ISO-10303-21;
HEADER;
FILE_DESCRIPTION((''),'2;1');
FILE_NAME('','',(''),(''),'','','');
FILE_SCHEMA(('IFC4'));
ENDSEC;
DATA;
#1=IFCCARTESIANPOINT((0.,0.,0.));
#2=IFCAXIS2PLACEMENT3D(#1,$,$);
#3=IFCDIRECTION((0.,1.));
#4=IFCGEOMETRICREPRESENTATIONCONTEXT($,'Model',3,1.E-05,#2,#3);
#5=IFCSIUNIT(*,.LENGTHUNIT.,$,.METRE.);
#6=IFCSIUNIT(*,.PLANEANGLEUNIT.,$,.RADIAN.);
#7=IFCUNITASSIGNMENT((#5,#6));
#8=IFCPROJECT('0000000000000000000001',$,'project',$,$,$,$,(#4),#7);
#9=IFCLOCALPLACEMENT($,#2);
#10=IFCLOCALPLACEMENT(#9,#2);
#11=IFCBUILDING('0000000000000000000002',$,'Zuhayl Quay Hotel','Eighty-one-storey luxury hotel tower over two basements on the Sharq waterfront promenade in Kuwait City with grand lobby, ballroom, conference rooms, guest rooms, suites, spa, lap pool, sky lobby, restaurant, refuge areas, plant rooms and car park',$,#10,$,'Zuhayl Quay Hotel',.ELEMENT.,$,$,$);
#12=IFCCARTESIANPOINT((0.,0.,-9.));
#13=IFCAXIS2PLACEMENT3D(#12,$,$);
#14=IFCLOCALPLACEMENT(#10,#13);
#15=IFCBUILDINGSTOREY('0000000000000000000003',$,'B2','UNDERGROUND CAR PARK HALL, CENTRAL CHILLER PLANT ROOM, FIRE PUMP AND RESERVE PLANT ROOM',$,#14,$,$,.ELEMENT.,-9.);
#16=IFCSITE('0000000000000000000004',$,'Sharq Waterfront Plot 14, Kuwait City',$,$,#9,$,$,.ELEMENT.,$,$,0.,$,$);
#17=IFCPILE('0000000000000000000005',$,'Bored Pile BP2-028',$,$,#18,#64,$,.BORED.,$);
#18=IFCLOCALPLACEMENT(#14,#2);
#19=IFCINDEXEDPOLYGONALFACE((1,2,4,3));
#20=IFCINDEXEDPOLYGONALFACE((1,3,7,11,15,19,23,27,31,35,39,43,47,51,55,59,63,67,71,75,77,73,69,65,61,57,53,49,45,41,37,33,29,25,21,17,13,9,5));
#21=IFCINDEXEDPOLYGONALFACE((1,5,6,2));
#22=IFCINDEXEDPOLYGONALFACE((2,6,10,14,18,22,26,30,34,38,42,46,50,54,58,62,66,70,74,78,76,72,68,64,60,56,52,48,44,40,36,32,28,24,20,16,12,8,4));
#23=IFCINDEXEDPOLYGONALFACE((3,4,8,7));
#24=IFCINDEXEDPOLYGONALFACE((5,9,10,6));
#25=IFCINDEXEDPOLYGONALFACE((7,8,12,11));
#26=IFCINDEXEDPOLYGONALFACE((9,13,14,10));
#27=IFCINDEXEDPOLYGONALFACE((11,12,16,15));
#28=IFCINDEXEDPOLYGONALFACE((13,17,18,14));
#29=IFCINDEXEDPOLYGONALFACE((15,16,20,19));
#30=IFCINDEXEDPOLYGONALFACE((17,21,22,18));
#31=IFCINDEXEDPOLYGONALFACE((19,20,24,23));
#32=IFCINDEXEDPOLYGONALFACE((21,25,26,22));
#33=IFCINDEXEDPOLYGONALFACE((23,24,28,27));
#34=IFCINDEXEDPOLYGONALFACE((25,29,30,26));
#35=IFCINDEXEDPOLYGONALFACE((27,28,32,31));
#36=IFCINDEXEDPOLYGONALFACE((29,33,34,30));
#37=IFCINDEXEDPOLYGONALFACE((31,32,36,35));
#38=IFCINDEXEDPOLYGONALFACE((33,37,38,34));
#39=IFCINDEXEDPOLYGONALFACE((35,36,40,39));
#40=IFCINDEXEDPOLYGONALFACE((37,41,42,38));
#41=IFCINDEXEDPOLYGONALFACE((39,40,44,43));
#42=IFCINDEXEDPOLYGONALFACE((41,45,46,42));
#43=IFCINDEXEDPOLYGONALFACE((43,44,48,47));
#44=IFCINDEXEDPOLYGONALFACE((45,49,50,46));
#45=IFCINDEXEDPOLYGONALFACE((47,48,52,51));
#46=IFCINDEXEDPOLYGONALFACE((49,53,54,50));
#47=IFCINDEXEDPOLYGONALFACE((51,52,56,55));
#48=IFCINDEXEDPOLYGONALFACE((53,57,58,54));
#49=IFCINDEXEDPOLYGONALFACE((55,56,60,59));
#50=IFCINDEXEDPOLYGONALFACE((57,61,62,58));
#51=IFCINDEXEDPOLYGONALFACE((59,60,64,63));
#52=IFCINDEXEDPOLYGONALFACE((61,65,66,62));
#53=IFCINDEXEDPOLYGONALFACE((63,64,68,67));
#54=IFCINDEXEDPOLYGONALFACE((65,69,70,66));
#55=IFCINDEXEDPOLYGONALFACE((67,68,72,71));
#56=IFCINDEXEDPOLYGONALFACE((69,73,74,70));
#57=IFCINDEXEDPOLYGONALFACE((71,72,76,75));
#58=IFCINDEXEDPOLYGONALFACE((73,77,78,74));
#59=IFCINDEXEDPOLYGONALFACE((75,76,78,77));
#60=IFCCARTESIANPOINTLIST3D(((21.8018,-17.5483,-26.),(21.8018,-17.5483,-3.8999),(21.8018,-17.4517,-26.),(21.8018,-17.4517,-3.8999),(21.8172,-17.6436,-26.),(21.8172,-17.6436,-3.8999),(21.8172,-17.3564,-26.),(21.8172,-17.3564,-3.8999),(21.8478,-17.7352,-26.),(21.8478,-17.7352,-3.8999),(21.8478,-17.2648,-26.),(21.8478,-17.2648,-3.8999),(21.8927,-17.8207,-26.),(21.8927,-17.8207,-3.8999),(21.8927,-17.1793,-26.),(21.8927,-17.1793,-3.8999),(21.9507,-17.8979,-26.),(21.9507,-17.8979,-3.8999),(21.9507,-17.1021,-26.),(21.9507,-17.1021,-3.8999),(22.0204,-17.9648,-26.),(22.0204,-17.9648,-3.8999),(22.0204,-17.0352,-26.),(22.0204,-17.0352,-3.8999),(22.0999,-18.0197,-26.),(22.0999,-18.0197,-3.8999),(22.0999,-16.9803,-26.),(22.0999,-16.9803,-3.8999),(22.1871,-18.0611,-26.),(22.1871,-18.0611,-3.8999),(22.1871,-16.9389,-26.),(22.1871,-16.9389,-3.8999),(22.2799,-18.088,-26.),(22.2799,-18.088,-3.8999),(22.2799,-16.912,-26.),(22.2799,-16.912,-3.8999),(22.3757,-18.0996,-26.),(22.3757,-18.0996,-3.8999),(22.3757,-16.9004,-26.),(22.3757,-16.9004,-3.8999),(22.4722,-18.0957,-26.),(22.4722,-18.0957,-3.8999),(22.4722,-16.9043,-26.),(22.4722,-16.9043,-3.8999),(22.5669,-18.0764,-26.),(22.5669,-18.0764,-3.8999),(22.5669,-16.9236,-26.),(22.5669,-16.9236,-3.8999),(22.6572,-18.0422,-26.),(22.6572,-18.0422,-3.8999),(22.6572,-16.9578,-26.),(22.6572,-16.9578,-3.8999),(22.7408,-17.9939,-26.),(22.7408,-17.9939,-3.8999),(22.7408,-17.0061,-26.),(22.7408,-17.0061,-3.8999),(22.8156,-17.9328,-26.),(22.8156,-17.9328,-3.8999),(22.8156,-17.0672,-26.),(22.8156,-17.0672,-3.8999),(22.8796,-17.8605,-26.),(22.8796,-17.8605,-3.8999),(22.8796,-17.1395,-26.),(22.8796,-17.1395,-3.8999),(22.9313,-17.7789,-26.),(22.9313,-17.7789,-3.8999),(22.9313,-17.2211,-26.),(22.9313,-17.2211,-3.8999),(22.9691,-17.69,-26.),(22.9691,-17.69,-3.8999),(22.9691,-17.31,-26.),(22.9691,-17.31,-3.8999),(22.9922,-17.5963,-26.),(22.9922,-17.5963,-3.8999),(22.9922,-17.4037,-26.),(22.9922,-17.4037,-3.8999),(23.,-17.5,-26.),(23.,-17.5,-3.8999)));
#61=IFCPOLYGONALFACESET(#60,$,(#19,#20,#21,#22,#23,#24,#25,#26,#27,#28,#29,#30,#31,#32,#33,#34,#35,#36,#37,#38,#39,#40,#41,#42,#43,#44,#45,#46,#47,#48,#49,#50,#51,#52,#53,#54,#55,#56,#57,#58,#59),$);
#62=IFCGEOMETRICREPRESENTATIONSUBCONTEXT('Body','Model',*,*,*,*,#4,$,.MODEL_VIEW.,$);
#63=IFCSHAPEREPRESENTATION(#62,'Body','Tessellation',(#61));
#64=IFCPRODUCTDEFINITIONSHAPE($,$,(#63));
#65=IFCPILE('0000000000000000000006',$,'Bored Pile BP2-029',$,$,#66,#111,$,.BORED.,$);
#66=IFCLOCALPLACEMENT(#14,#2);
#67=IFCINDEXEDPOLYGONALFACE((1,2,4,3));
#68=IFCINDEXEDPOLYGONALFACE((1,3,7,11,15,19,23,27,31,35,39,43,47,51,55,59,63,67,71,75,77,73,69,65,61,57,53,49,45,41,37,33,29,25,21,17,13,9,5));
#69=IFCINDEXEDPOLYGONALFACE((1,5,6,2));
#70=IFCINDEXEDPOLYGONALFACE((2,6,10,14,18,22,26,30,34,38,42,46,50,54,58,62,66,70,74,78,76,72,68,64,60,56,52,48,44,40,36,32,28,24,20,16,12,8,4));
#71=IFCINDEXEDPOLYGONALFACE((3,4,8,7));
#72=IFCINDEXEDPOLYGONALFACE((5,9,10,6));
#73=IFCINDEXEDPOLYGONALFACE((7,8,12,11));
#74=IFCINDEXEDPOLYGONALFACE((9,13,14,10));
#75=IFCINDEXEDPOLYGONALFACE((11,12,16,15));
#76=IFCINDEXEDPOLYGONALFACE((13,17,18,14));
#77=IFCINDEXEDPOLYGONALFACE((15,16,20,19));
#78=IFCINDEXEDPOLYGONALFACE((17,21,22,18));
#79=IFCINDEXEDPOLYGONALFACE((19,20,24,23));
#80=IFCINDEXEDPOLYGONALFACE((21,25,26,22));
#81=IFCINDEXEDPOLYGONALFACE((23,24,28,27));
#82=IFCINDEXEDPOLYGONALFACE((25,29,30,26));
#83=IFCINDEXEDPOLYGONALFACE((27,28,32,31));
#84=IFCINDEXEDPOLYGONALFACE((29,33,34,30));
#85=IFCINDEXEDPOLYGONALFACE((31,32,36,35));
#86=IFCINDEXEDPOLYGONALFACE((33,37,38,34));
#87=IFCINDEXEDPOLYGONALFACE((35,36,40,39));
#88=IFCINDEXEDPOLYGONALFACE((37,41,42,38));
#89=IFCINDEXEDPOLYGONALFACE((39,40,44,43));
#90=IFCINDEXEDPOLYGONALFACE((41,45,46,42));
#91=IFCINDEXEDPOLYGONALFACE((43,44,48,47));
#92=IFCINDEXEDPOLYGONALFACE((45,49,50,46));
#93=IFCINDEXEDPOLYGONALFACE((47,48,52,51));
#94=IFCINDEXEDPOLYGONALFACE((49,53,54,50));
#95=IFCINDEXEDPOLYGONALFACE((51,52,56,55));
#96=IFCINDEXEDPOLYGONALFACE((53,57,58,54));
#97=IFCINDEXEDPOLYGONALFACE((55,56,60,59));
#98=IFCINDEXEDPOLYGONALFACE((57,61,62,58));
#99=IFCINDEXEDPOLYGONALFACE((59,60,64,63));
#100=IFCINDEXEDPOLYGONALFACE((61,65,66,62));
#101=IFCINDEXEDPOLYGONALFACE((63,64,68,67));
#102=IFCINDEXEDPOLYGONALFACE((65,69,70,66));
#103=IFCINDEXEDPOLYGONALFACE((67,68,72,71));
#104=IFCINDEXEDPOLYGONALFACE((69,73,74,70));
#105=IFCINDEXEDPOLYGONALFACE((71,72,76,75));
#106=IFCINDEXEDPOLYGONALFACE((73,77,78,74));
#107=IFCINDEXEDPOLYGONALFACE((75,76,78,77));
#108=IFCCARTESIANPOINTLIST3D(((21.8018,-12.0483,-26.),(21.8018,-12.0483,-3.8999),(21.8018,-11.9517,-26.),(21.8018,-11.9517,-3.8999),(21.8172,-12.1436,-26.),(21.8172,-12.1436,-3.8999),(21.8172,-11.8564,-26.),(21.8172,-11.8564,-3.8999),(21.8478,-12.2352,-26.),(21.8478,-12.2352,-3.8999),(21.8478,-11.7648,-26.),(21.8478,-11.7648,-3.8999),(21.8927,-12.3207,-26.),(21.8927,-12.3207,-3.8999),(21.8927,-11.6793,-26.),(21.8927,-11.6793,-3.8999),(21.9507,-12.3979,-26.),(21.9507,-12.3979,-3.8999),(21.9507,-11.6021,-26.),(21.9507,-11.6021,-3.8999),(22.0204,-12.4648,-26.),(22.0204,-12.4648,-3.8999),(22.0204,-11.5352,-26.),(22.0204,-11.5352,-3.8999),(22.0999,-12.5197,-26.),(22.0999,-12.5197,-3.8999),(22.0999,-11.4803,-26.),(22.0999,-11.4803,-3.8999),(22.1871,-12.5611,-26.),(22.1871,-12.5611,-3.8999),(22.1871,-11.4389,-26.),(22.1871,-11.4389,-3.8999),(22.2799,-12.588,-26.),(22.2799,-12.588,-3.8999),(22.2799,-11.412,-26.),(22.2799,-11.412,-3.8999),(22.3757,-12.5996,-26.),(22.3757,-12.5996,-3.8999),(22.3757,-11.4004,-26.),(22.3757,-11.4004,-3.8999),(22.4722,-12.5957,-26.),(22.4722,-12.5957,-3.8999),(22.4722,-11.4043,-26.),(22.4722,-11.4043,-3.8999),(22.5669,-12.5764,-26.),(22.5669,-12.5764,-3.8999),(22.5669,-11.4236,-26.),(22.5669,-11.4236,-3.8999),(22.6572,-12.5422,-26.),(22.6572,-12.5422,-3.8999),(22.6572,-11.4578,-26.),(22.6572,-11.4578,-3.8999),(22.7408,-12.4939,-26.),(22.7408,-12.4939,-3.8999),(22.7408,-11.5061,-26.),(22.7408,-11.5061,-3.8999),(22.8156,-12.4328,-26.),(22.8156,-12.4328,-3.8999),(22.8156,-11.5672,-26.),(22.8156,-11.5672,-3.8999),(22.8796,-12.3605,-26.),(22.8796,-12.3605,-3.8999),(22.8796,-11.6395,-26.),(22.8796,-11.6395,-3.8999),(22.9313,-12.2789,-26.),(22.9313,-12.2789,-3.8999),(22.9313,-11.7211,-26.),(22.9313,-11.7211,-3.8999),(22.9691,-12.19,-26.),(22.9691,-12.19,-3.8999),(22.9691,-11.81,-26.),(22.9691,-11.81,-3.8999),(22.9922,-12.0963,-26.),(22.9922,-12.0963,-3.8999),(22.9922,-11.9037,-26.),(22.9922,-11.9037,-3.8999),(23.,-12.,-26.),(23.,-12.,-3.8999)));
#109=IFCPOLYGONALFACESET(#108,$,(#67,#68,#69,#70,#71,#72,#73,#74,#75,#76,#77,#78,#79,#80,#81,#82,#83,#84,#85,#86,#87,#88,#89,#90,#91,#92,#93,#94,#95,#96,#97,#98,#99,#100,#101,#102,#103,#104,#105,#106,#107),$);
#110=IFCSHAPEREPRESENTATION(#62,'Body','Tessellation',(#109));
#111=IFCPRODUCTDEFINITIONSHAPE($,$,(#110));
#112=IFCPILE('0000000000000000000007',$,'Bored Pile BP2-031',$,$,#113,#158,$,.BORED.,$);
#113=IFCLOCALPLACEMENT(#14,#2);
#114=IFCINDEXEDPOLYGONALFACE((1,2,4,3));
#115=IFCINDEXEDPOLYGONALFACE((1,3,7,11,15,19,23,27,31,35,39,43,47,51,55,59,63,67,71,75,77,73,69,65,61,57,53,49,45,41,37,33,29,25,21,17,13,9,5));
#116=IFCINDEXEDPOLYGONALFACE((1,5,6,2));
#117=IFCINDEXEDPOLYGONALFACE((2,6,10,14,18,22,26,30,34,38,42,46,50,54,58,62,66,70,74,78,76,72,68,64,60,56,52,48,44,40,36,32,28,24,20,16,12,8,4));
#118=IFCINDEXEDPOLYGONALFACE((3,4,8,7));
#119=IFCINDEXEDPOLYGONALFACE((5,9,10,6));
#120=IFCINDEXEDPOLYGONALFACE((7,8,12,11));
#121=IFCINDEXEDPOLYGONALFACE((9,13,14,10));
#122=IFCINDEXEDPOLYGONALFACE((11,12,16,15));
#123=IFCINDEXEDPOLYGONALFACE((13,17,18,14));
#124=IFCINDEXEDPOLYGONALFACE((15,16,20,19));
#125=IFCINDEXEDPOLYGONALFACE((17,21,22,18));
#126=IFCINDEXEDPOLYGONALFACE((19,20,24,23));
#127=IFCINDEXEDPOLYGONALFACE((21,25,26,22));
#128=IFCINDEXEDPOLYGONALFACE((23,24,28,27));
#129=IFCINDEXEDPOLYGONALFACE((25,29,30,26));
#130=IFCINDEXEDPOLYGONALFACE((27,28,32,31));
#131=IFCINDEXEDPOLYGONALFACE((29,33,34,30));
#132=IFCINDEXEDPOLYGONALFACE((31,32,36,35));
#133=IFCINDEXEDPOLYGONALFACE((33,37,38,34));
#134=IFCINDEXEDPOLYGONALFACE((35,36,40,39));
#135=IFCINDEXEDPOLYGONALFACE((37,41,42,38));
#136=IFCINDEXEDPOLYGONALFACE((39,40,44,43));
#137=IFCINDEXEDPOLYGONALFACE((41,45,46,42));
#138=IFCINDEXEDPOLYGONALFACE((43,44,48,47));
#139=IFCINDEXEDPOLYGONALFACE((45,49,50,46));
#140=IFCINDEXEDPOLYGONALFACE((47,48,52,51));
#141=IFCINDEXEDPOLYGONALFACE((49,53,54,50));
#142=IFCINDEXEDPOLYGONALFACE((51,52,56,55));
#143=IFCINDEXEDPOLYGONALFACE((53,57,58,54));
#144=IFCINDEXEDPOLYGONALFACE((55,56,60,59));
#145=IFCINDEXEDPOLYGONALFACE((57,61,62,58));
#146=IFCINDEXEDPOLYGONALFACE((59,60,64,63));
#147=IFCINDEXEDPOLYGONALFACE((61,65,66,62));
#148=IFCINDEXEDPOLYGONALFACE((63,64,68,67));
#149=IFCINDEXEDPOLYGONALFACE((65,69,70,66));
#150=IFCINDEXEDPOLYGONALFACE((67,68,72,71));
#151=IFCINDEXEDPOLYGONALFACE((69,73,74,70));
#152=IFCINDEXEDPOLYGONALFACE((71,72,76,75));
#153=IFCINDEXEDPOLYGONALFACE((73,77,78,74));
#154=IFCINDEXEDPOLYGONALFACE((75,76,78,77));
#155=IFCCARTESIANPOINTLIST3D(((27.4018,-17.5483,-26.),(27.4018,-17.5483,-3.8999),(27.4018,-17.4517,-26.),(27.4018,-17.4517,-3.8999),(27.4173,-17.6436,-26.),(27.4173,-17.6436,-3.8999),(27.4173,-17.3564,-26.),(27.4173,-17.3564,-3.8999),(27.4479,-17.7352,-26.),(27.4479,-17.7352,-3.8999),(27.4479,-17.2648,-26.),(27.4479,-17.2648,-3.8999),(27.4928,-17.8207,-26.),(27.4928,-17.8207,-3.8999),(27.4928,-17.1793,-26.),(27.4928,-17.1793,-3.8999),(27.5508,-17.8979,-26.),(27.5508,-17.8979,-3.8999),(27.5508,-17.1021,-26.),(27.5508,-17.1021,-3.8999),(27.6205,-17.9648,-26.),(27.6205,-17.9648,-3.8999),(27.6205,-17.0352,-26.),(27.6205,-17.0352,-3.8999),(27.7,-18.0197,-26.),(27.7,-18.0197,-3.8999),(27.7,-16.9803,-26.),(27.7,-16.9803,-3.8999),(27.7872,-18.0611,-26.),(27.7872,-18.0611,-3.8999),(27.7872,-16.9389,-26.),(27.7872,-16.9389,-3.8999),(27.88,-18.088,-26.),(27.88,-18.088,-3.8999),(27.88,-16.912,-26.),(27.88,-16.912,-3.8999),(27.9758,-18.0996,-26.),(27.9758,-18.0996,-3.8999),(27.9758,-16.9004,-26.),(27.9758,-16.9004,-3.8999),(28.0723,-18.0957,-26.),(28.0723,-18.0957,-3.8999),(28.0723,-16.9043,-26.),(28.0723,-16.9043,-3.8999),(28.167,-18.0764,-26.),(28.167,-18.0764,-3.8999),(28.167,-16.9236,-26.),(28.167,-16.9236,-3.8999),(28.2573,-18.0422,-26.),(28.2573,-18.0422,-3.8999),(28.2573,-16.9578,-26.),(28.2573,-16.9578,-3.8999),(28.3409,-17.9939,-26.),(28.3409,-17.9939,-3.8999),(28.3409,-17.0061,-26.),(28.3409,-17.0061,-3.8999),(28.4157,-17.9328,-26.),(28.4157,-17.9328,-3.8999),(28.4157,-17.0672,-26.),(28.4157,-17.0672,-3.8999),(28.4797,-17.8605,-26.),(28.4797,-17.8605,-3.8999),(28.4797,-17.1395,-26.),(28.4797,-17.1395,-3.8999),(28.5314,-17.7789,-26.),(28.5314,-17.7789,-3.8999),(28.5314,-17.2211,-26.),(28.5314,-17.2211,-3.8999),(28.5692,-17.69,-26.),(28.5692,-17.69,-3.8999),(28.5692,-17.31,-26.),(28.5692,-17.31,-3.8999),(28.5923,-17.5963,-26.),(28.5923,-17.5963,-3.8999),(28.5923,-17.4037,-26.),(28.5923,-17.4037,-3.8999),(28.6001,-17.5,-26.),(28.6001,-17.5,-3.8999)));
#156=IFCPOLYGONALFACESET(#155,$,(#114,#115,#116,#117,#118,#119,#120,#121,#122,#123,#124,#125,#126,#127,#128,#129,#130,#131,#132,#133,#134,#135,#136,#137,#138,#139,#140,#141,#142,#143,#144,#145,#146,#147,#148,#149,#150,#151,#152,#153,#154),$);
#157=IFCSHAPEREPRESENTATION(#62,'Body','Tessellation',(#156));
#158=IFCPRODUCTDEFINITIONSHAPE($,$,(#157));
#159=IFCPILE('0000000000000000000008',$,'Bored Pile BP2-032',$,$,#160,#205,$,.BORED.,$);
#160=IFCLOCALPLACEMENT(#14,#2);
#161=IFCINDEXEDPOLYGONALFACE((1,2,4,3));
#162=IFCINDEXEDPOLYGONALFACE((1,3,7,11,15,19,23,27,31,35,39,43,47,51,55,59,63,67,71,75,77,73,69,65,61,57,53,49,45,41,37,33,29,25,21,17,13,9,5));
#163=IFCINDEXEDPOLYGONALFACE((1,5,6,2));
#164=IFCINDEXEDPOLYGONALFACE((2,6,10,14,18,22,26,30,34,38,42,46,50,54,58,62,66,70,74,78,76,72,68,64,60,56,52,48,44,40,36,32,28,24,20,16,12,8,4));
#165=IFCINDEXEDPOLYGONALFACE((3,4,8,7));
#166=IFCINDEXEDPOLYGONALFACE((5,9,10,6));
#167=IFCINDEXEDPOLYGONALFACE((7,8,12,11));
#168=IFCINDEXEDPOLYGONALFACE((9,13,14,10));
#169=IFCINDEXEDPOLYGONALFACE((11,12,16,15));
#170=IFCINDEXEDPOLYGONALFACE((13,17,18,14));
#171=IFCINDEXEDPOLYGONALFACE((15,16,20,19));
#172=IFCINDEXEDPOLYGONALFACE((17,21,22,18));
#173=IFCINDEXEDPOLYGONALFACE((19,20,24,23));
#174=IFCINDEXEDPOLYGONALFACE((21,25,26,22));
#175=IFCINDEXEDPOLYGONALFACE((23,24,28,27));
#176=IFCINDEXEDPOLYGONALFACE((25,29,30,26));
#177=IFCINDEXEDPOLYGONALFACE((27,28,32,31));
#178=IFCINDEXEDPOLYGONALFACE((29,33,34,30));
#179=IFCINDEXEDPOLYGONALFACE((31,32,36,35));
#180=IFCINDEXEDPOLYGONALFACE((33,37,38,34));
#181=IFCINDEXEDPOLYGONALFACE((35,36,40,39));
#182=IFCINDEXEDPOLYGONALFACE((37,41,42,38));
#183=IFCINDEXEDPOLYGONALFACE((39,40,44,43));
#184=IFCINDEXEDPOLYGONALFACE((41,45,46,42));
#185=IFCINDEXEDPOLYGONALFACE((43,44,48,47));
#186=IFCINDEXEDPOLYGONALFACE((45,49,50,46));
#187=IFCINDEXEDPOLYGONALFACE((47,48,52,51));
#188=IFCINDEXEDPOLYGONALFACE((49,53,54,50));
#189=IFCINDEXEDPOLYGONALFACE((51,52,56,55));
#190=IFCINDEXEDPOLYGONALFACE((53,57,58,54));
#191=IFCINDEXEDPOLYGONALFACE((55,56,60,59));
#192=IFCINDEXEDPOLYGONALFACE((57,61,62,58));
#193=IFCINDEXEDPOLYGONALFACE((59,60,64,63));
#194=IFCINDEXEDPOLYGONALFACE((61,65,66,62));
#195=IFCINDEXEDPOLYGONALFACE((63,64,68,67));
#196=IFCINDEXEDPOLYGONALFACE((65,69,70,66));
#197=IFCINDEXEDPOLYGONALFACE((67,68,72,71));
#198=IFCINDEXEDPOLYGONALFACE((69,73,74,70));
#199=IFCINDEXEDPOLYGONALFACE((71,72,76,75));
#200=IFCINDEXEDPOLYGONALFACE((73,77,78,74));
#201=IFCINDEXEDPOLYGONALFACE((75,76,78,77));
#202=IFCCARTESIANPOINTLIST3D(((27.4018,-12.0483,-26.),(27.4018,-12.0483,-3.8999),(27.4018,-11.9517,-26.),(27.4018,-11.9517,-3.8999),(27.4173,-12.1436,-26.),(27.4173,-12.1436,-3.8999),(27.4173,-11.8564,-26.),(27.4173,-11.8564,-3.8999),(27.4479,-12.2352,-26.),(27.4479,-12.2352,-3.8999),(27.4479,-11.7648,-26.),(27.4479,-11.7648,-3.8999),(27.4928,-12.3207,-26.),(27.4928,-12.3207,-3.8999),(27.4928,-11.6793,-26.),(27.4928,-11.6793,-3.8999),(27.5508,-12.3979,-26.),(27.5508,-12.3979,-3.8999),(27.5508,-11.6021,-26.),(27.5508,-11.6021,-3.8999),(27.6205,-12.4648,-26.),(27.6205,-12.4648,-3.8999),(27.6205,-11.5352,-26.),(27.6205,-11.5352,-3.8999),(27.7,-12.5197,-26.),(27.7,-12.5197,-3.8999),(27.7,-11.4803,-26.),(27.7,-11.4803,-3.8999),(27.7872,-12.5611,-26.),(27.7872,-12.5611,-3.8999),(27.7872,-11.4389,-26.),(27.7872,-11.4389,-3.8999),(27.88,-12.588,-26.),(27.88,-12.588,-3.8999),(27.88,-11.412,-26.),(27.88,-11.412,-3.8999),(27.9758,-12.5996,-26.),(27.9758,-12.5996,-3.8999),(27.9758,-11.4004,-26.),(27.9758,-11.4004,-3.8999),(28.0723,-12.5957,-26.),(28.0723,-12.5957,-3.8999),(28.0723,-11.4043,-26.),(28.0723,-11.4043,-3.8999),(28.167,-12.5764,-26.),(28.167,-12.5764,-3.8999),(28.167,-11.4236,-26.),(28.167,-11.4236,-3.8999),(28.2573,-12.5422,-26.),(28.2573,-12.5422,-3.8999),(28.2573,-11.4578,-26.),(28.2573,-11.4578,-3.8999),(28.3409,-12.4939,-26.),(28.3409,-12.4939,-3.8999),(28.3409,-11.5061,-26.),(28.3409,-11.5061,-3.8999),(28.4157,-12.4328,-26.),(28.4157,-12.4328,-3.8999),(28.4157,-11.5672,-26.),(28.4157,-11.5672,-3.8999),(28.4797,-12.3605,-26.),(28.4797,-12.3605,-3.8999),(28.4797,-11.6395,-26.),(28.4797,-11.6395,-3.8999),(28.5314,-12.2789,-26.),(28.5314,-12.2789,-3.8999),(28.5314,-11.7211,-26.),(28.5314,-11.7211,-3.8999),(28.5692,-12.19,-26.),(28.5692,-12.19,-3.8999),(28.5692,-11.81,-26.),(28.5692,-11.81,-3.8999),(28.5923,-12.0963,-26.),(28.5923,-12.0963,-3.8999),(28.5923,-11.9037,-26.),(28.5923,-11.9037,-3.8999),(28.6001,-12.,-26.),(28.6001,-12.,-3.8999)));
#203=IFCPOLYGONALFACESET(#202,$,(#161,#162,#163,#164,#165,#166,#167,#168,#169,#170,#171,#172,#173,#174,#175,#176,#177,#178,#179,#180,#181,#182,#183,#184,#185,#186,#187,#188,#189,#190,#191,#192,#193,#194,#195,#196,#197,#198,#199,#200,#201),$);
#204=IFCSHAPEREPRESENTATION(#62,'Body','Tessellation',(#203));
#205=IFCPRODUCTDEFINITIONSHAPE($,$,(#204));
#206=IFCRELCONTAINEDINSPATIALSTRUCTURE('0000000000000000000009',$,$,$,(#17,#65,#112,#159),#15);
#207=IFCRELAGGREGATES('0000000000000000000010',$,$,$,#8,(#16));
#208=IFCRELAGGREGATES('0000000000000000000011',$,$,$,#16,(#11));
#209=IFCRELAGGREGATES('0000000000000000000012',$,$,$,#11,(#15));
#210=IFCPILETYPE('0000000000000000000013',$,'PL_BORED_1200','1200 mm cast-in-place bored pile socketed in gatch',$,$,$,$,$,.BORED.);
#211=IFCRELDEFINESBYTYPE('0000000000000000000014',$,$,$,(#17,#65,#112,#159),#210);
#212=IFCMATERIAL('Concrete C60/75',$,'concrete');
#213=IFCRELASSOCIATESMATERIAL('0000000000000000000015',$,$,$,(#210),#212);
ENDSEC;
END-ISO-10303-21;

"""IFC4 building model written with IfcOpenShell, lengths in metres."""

from ifc_helpers import new_model, si_unit, direction, frame, origin, origin_2d, place, context, subcontext, project, spatial, circle, extrude, material, material_profile, profile_set, type_object, element, save


model = new_model("IFC4")

# Units and contexts
model_context = context("Model", 3, precision=1e-05, world=origin(), true_north=direction((0.0, 1.0)))
body_context = subcontext(model_context, "Body", "Model", "MODEL_VIEW")
ifc_project = project(units=[si_unit("LENGTHUNIT", "METRE"), si_unit("PLANEANGLEUNIT", "RADIAN")], contexts=[model_context])

# Site, building, storey
site_placement = place(None, origin())
site = spatial("IfcSite", under=ifc_project, at=site_placement, Name="Sharq Waterfront Plot 14, Kuwait City", CompositionType="ELEMENT", RefElevation=0.0)
building_placement = place(site_placement, origin())
building = spatial("IfcBuilding", under=site, at=building_placement, Name="Zuhayl Quay Hotel", Description="Eighty-one-storey luxury hotel tower over two basements on the Sharq waterfront promenade in Kuwait City with grand lobby, ballroom, conference rooms, guest rooms, suites, spa, lap pool, sky lobby, restaurant, refuge areas, plant rooms and car park", LongName="Zuhayl Quay Hotel", CompositionType="ELEMENT")
storey_placement = place(building_placement, frame((0.0, 0.0, -9.0)))
storey = spatial("IfcBuildingStorey", under=building, at=storey_placement, Name="B2", Description="UNDERGROUND CAR PARK HALL, CENTRAL CHILLER PLANT ROOM, FIRE PUMP AND RESERVE PLANT ROOM", CompositionType="ELEMENT", Elevation=-9.0)

# Shared definitions
ifc_material_1 = material(Name="Concrete C60/75", Category="concrete")

# Piles
ifc_material_profile_1 = material_profile(ifc_material_1, circle(Radius=0.6001, at=origin_2d()), Name="PILE1200")
ifc_profile_set_1 = profile_set([ifc_material_profile_1], Name="Concrete C60/75")
pile_type = type_object("IfcPileType", Name="PL_BORED_1200", Description="1200 mm cast-in-place bored pile socketed in gatch", PredefinedType="BORED", material=ifc_profile_set_1)
for number, where, z_axis, x_axis, name in (
    (1, (22.3999, -17.5, -3.8999), (0.0, 0.0, -1.0), (1.0, 0.0, 0.0), "Bored Pile BP2-028"),
    (2, (22.3999, -12.0, -3.8999), (0.0, 0.0, -1.0), (1.0, 0.0, 0.0), "Bored Pile BP2-029"),
    (3, (28.0, -17.5, -3.8999), (0.0, 0.0, -1.0), (1.0, 0.0, 0.0), "Bored Pile BP2-031"),
    (4, (28.0, -12.0, -3.8999), (0.0, 0.0, -1.0), (1.0, 0.0, 0.0), "Bored Pile BP2-032"),
):
    element("IfcPile", number, at=place(storey_placement, frame(where, z_axis=z_axis, x_axis=x_axis)), inside=storey, type_object=pile_type, Name=name, PredefinedType="BORED", context=body_context, shape_type="SweptSolid", body=[
        extrude(circle(Radius=0.6001, at=origin_2d()), origin(), (0.0, 0.0, 1.0), 22.1001),
    ])

save(model, "model.ifc")
